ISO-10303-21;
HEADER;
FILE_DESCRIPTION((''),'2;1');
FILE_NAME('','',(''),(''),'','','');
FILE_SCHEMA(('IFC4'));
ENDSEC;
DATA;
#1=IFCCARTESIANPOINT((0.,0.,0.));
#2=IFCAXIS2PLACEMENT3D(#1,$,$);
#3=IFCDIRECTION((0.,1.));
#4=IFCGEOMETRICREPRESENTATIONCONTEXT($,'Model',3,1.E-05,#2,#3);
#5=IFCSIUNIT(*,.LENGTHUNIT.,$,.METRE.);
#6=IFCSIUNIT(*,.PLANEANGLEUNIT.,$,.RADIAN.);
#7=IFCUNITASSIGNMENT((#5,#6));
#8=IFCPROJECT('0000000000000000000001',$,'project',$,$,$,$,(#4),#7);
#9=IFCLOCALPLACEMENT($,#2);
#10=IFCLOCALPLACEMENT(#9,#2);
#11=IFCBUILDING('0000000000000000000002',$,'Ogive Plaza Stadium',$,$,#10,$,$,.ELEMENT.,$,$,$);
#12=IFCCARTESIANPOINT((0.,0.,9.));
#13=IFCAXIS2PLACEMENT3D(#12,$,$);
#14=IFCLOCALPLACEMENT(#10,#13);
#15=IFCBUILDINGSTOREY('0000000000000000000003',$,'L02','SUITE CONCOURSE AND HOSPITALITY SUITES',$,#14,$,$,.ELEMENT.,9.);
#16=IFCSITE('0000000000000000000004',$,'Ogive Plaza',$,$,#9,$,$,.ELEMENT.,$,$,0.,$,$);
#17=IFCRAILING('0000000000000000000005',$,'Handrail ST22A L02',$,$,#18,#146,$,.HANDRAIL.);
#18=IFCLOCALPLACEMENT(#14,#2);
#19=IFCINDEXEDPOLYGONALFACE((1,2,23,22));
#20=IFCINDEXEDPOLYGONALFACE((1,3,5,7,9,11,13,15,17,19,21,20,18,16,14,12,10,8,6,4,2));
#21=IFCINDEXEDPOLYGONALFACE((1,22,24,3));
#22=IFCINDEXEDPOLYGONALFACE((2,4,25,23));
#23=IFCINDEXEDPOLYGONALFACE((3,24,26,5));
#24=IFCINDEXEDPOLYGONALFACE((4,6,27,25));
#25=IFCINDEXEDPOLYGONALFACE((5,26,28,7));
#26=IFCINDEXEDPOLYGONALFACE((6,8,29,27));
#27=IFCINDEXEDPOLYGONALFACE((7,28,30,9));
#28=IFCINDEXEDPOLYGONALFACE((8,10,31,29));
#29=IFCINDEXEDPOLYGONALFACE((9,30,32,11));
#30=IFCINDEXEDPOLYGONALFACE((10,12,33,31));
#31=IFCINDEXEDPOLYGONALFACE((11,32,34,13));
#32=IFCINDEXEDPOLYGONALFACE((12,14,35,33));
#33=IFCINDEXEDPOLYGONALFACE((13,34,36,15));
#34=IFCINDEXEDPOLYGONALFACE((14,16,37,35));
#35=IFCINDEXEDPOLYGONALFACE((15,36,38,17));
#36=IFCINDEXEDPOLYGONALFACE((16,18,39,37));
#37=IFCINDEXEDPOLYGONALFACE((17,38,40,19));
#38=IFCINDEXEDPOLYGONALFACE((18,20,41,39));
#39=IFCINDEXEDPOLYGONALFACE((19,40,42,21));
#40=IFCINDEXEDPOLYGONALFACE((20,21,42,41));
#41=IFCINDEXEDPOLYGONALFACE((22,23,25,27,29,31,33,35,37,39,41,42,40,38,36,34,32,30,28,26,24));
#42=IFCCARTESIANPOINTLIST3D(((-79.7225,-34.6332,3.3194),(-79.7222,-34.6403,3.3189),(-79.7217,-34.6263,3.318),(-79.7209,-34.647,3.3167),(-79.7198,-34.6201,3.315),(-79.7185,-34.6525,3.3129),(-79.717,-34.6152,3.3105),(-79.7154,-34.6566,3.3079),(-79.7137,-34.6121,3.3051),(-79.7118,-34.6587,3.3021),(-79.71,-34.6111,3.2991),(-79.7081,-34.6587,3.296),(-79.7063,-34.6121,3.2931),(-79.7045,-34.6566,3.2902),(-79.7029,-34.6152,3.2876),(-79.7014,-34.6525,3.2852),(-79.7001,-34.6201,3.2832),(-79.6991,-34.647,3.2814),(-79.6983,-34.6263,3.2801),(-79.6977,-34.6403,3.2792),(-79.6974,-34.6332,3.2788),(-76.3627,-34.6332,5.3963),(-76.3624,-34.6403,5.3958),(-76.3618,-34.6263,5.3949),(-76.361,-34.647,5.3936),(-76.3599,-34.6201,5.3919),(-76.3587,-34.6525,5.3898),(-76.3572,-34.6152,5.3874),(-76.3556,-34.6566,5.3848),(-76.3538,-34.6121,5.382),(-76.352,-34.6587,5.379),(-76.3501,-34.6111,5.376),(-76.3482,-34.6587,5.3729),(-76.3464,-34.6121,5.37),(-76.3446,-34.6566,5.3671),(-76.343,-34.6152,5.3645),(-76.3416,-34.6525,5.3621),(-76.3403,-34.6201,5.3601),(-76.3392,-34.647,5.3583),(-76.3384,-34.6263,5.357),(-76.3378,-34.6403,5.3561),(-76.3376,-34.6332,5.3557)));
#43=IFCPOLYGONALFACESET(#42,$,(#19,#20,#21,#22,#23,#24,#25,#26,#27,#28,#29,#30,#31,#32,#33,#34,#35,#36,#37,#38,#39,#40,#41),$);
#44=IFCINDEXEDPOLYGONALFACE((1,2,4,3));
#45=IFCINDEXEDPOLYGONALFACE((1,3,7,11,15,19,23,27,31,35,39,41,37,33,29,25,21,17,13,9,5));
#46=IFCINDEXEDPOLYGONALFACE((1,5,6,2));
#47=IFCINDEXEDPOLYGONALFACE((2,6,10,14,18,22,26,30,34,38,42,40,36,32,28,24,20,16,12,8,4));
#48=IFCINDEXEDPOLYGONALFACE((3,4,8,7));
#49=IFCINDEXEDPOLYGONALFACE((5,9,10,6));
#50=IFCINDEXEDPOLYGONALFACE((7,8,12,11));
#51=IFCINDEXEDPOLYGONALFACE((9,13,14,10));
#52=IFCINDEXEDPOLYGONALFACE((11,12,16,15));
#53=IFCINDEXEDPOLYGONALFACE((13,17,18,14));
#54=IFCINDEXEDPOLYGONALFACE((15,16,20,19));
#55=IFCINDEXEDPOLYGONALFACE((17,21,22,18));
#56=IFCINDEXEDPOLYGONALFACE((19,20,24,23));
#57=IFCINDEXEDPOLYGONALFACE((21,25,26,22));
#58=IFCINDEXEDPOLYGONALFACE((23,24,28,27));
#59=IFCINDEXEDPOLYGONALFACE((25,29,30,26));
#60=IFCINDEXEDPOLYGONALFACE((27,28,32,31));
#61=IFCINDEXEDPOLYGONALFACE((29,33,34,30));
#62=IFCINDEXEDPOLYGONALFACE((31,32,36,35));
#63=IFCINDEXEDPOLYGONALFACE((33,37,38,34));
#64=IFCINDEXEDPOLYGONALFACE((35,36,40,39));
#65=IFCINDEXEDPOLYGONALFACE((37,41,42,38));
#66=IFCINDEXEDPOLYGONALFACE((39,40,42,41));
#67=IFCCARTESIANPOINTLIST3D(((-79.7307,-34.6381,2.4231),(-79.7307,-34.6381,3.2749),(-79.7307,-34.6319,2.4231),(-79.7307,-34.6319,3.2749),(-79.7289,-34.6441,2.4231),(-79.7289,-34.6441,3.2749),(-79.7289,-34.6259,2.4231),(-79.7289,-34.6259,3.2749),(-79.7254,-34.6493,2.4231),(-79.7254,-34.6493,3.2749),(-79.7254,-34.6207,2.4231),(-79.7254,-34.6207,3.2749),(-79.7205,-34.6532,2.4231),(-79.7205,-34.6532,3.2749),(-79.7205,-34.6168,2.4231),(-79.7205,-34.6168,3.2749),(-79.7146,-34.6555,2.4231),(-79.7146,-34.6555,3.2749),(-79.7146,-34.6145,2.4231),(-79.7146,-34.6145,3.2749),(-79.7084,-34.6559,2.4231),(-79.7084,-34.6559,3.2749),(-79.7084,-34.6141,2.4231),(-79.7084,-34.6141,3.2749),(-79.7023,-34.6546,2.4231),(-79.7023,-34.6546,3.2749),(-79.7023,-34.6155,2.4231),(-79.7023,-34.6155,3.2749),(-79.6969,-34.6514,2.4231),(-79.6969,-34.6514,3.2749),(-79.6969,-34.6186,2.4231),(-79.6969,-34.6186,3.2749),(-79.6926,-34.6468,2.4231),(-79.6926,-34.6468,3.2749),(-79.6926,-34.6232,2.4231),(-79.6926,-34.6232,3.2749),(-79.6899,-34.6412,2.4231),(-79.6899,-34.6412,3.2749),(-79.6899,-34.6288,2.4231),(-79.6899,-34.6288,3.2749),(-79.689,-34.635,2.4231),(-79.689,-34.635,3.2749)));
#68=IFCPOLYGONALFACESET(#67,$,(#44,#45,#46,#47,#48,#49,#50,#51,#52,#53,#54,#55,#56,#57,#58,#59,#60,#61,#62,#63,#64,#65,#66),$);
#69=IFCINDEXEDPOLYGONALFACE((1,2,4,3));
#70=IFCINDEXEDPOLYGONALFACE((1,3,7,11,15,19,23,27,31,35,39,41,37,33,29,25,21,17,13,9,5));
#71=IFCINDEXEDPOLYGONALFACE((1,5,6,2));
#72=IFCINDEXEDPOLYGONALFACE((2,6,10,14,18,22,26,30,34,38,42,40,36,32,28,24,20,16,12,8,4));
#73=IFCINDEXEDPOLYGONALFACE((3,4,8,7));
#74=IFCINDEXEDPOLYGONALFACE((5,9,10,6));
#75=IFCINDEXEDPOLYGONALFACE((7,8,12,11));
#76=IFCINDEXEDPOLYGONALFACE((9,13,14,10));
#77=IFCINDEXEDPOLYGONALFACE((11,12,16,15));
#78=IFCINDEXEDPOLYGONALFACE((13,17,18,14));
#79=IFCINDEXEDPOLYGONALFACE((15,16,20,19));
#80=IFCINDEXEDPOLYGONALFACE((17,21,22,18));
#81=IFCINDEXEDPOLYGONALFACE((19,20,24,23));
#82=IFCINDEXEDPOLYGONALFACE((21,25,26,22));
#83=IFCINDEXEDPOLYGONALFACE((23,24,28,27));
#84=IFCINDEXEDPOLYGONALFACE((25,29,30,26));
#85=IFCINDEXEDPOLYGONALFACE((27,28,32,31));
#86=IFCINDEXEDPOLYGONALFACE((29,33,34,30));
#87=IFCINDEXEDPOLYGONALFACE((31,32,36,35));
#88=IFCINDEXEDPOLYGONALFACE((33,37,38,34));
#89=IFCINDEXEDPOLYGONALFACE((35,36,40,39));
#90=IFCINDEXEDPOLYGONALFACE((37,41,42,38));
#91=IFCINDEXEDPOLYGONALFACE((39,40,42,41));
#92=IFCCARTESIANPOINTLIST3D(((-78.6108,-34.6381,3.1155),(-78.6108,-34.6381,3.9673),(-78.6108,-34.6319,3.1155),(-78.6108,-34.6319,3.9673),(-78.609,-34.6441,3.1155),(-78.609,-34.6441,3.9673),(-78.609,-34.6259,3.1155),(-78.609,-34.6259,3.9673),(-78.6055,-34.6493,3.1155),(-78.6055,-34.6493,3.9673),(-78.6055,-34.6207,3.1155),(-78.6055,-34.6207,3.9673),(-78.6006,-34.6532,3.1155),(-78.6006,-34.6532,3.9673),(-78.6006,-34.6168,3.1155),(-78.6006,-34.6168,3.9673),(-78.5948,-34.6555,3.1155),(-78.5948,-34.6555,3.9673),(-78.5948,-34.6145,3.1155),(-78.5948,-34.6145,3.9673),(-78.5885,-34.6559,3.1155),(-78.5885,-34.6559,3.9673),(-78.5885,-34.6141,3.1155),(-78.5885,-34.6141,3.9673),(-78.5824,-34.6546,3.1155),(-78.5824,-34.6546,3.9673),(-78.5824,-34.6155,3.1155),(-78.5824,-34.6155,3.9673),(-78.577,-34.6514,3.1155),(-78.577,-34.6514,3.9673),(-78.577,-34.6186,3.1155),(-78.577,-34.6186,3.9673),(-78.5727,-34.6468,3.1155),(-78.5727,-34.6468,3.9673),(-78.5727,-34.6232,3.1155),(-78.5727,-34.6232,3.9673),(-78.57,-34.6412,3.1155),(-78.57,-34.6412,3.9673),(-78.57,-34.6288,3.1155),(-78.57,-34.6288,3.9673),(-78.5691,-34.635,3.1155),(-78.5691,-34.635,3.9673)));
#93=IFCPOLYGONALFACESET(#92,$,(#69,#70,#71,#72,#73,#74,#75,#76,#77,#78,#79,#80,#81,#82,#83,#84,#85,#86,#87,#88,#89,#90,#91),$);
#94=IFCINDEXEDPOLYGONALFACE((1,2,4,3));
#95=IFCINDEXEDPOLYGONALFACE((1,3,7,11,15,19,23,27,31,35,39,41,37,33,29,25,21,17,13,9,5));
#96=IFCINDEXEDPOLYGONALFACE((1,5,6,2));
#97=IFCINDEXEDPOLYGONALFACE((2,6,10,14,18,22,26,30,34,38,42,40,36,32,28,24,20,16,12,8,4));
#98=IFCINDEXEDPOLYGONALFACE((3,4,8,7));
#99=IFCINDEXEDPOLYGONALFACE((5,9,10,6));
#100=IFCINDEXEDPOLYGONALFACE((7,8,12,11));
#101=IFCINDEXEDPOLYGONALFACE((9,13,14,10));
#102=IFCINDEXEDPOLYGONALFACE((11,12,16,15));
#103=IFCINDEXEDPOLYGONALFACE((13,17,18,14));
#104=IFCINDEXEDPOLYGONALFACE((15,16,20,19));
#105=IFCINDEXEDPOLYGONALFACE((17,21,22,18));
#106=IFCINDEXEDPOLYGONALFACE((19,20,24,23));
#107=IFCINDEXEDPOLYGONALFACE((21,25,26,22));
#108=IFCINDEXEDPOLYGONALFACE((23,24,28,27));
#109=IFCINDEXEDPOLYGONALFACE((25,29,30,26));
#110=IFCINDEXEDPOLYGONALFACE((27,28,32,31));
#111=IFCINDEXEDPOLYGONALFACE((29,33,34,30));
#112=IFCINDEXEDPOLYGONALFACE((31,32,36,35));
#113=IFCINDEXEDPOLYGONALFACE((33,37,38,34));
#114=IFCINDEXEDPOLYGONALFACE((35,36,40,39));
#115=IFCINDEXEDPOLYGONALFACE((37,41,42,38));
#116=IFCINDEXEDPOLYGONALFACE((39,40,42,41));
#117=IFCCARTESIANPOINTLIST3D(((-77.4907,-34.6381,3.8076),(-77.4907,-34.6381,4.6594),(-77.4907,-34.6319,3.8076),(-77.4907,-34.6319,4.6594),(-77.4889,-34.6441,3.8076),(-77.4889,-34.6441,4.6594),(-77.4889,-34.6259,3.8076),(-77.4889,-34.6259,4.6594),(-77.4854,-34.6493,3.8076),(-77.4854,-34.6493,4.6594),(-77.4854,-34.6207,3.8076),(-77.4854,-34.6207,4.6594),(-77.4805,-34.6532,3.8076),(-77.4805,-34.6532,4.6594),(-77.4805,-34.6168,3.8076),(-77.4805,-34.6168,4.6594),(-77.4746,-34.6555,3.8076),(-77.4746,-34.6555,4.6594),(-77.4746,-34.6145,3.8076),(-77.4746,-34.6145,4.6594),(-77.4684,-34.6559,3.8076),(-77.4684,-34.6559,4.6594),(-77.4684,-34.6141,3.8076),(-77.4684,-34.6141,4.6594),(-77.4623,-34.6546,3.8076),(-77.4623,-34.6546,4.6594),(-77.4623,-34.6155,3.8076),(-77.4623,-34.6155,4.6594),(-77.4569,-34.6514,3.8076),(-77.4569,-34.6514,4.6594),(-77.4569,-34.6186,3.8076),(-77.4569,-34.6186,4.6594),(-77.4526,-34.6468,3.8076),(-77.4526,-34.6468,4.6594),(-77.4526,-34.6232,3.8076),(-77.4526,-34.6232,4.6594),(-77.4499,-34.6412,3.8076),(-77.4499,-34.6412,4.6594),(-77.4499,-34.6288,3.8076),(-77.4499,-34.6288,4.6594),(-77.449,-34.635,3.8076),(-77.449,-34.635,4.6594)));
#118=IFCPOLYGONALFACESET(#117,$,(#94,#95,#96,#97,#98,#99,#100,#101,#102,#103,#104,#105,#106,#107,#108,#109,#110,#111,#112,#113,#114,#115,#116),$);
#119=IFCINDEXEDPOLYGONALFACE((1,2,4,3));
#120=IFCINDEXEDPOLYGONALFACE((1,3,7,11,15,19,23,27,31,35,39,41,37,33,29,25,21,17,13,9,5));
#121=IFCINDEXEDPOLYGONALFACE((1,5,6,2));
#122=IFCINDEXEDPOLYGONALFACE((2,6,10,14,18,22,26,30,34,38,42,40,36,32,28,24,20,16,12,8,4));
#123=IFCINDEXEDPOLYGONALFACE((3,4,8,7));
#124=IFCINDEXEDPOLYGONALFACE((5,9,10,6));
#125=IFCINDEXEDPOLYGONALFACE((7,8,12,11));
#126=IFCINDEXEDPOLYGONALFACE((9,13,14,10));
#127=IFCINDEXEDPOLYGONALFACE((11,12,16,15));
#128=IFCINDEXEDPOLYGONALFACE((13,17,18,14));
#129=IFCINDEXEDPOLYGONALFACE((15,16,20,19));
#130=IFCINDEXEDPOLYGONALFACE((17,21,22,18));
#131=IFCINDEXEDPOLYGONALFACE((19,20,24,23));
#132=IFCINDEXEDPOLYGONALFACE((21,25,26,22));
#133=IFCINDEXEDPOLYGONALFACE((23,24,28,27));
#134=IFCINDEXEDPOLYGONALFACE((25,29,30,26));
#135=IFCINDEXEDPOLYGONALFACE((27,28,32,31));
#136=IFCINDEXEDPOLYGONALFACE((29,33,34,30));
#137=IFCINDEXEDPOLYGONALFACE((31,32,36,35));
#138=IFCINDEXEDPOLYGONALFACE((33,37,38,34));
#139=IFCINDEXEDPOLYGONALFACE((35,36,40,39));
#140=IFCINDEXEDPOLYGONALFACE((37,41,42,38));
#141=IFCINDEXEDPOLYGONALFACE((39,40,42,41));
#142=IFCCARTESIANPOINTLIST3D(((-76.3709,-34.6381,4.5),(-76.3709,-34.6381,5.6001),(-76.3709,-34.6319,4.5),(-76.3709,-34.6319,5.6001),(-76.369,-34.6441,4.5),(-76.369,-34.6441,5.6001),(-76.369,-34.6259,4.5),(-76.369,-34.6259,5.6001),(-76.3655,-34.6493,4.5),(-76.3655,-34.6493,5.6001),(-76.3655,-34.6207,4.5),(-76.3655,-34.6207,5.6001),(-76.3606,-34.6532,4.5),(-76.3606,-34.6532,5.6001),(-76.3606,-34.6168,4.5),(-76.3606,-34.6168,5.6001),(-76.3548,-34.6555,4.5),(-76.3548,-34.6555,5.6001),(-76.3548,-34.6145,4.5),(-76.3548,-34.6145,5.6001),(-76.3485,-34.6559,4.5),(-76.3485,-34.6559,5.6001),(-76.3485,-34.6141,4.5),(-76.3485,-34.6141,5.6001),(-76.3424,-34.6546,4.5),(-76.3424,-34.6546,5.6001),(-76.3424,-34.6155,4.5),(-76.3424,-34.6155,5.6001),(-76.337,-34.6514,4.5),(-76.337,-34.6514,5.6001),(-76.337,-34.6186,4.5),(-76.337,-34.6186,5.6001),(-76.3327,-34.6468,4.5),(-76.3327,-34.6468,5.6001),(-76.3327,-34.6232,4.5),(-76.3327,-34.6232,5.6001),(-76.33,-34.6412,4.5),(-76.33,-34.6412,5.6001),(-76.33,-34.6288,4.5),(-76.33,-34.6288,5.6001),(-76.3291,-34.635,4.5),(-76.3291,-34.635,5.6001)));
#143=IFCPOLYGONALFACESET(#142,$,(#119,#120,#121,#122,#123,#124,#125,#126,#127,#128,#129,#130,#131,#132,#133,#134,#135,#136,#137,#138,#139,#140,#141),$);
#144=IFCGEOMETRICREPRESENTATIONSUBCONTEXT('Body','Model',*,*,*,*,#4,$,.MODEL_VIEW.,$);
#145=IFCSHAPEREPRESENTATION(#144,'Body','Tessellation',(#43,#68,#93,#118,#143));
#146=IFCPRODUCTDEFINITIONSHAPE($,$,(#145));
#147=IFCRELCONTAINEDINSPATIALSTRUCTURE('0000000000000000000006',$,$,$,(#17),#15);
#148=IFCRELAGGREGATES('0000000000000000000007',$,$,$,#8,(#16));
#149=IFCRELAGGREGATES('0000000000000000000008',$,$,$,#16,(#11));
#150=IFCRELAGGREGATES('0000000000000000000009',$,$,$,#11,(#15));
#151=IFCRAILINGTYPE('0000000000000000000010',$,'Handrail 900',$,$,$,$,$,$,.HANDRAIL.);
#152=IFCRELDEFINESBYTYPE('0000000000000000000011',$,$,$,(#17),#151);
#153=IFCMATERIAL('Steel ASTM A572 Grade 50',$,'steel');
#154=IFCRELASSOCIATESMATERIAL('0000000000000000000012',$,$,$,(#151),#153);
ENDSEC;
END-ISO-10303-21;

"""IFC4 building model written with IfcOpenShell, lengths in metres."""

from ifc_helpers import new_model, si_unit, direction, frame, origin, origin_2d, place, context, subcontext, project, spatial, circle, extrude, material, type_object, element, save


model = new_model("IFC4")

# Units and contexts
model_context = context("Model", 3, precision=1e-05, world=origin(), true_north=direction((0.0, 1.0)))
body_context = subcontext(model_context, "Body", "Model", "MODEL_VIEW")
ifc_project = project(units=[si_unit("LENGTHUNIT", "METRE"), si_unit("PLANEANGLEUNIT", "RADIAN")], contexts=[model_context])

# Site, building, storey
site_placement = place(None, origin())
site = spatial("IfcSite", under=ifc_project, at=site_placement, Name="Ogive Plaza", CompositionType="ELEMENT", RefElevation=0.0)
building_placement = place(site_placement, origin())
building = spatial("IfcBuilding", under=site, at=building_placement, Name="Ogive Plaza Stadium", CompositionType="ELEMENT")
storey_placement = place(building_placement, frame((0.0, 0.0, 9.0)))
storey = spatial("IfcBuildingStorey", under=building, at=storey_placement, Name="L02", Description="SUITE CONCOURSE AND HOSPITALITY SUITES", CompositionType="ELEMENT", Elevation=9.0)

# Railing
ifc_material_1 = material(Name="Steel ASTM A572 Grade 50", Category="steel")
railing_type_1 = type_object("IfcRailingType", Name="Handrail 900", PredefinedType="HANDRAIL", material=ifc_material_1)
for number, where, name in (
    (1, (-79.71, -34.635, 2.4231), "Handrail ST22A L02"),
):
    element("IfcRailing", number, at=place(storey_placement, frame(where)), inside=storey, type_object=railing_type_1, Name=name, PredefinedType="HANDRAIL", context=body_context, shape_type="SweptSolid", body=[
        extrude(circle(Radius=0.0239, at=origin_2d()), frame((0.0, 0.0, 0.876), z_axis=(0.850606, 0.0, 0.525803), x_axis=(0.0, 1.0, 0.0)), (0.0, 0.0, 1.0), 3.95),
        extrude(circle(Radius=0.021, at=origin_2d()), origin(), (0.0, 0.0, 1.0), 0.8518),
        extrude(circle(Radius=0.021, at=origin_2d()), frame((1.1199, 0.0, 0.6924)), (0.0, 0.0, 1.0), 0.8518),
        extrude(circle(Radius=0.021, at=origin_2d()), frame((2.24, 0.0, 1.3845)), (0.0, 0.0, 1.0), 0.8518),
        extrude(circle(Radius=0.021, at=origin_2d()), frame((3.3599, 0.0, 2.0769)), (0.0, 0.0, 1.0), 1.1001),
    ])

save(model, "model.ifc")
